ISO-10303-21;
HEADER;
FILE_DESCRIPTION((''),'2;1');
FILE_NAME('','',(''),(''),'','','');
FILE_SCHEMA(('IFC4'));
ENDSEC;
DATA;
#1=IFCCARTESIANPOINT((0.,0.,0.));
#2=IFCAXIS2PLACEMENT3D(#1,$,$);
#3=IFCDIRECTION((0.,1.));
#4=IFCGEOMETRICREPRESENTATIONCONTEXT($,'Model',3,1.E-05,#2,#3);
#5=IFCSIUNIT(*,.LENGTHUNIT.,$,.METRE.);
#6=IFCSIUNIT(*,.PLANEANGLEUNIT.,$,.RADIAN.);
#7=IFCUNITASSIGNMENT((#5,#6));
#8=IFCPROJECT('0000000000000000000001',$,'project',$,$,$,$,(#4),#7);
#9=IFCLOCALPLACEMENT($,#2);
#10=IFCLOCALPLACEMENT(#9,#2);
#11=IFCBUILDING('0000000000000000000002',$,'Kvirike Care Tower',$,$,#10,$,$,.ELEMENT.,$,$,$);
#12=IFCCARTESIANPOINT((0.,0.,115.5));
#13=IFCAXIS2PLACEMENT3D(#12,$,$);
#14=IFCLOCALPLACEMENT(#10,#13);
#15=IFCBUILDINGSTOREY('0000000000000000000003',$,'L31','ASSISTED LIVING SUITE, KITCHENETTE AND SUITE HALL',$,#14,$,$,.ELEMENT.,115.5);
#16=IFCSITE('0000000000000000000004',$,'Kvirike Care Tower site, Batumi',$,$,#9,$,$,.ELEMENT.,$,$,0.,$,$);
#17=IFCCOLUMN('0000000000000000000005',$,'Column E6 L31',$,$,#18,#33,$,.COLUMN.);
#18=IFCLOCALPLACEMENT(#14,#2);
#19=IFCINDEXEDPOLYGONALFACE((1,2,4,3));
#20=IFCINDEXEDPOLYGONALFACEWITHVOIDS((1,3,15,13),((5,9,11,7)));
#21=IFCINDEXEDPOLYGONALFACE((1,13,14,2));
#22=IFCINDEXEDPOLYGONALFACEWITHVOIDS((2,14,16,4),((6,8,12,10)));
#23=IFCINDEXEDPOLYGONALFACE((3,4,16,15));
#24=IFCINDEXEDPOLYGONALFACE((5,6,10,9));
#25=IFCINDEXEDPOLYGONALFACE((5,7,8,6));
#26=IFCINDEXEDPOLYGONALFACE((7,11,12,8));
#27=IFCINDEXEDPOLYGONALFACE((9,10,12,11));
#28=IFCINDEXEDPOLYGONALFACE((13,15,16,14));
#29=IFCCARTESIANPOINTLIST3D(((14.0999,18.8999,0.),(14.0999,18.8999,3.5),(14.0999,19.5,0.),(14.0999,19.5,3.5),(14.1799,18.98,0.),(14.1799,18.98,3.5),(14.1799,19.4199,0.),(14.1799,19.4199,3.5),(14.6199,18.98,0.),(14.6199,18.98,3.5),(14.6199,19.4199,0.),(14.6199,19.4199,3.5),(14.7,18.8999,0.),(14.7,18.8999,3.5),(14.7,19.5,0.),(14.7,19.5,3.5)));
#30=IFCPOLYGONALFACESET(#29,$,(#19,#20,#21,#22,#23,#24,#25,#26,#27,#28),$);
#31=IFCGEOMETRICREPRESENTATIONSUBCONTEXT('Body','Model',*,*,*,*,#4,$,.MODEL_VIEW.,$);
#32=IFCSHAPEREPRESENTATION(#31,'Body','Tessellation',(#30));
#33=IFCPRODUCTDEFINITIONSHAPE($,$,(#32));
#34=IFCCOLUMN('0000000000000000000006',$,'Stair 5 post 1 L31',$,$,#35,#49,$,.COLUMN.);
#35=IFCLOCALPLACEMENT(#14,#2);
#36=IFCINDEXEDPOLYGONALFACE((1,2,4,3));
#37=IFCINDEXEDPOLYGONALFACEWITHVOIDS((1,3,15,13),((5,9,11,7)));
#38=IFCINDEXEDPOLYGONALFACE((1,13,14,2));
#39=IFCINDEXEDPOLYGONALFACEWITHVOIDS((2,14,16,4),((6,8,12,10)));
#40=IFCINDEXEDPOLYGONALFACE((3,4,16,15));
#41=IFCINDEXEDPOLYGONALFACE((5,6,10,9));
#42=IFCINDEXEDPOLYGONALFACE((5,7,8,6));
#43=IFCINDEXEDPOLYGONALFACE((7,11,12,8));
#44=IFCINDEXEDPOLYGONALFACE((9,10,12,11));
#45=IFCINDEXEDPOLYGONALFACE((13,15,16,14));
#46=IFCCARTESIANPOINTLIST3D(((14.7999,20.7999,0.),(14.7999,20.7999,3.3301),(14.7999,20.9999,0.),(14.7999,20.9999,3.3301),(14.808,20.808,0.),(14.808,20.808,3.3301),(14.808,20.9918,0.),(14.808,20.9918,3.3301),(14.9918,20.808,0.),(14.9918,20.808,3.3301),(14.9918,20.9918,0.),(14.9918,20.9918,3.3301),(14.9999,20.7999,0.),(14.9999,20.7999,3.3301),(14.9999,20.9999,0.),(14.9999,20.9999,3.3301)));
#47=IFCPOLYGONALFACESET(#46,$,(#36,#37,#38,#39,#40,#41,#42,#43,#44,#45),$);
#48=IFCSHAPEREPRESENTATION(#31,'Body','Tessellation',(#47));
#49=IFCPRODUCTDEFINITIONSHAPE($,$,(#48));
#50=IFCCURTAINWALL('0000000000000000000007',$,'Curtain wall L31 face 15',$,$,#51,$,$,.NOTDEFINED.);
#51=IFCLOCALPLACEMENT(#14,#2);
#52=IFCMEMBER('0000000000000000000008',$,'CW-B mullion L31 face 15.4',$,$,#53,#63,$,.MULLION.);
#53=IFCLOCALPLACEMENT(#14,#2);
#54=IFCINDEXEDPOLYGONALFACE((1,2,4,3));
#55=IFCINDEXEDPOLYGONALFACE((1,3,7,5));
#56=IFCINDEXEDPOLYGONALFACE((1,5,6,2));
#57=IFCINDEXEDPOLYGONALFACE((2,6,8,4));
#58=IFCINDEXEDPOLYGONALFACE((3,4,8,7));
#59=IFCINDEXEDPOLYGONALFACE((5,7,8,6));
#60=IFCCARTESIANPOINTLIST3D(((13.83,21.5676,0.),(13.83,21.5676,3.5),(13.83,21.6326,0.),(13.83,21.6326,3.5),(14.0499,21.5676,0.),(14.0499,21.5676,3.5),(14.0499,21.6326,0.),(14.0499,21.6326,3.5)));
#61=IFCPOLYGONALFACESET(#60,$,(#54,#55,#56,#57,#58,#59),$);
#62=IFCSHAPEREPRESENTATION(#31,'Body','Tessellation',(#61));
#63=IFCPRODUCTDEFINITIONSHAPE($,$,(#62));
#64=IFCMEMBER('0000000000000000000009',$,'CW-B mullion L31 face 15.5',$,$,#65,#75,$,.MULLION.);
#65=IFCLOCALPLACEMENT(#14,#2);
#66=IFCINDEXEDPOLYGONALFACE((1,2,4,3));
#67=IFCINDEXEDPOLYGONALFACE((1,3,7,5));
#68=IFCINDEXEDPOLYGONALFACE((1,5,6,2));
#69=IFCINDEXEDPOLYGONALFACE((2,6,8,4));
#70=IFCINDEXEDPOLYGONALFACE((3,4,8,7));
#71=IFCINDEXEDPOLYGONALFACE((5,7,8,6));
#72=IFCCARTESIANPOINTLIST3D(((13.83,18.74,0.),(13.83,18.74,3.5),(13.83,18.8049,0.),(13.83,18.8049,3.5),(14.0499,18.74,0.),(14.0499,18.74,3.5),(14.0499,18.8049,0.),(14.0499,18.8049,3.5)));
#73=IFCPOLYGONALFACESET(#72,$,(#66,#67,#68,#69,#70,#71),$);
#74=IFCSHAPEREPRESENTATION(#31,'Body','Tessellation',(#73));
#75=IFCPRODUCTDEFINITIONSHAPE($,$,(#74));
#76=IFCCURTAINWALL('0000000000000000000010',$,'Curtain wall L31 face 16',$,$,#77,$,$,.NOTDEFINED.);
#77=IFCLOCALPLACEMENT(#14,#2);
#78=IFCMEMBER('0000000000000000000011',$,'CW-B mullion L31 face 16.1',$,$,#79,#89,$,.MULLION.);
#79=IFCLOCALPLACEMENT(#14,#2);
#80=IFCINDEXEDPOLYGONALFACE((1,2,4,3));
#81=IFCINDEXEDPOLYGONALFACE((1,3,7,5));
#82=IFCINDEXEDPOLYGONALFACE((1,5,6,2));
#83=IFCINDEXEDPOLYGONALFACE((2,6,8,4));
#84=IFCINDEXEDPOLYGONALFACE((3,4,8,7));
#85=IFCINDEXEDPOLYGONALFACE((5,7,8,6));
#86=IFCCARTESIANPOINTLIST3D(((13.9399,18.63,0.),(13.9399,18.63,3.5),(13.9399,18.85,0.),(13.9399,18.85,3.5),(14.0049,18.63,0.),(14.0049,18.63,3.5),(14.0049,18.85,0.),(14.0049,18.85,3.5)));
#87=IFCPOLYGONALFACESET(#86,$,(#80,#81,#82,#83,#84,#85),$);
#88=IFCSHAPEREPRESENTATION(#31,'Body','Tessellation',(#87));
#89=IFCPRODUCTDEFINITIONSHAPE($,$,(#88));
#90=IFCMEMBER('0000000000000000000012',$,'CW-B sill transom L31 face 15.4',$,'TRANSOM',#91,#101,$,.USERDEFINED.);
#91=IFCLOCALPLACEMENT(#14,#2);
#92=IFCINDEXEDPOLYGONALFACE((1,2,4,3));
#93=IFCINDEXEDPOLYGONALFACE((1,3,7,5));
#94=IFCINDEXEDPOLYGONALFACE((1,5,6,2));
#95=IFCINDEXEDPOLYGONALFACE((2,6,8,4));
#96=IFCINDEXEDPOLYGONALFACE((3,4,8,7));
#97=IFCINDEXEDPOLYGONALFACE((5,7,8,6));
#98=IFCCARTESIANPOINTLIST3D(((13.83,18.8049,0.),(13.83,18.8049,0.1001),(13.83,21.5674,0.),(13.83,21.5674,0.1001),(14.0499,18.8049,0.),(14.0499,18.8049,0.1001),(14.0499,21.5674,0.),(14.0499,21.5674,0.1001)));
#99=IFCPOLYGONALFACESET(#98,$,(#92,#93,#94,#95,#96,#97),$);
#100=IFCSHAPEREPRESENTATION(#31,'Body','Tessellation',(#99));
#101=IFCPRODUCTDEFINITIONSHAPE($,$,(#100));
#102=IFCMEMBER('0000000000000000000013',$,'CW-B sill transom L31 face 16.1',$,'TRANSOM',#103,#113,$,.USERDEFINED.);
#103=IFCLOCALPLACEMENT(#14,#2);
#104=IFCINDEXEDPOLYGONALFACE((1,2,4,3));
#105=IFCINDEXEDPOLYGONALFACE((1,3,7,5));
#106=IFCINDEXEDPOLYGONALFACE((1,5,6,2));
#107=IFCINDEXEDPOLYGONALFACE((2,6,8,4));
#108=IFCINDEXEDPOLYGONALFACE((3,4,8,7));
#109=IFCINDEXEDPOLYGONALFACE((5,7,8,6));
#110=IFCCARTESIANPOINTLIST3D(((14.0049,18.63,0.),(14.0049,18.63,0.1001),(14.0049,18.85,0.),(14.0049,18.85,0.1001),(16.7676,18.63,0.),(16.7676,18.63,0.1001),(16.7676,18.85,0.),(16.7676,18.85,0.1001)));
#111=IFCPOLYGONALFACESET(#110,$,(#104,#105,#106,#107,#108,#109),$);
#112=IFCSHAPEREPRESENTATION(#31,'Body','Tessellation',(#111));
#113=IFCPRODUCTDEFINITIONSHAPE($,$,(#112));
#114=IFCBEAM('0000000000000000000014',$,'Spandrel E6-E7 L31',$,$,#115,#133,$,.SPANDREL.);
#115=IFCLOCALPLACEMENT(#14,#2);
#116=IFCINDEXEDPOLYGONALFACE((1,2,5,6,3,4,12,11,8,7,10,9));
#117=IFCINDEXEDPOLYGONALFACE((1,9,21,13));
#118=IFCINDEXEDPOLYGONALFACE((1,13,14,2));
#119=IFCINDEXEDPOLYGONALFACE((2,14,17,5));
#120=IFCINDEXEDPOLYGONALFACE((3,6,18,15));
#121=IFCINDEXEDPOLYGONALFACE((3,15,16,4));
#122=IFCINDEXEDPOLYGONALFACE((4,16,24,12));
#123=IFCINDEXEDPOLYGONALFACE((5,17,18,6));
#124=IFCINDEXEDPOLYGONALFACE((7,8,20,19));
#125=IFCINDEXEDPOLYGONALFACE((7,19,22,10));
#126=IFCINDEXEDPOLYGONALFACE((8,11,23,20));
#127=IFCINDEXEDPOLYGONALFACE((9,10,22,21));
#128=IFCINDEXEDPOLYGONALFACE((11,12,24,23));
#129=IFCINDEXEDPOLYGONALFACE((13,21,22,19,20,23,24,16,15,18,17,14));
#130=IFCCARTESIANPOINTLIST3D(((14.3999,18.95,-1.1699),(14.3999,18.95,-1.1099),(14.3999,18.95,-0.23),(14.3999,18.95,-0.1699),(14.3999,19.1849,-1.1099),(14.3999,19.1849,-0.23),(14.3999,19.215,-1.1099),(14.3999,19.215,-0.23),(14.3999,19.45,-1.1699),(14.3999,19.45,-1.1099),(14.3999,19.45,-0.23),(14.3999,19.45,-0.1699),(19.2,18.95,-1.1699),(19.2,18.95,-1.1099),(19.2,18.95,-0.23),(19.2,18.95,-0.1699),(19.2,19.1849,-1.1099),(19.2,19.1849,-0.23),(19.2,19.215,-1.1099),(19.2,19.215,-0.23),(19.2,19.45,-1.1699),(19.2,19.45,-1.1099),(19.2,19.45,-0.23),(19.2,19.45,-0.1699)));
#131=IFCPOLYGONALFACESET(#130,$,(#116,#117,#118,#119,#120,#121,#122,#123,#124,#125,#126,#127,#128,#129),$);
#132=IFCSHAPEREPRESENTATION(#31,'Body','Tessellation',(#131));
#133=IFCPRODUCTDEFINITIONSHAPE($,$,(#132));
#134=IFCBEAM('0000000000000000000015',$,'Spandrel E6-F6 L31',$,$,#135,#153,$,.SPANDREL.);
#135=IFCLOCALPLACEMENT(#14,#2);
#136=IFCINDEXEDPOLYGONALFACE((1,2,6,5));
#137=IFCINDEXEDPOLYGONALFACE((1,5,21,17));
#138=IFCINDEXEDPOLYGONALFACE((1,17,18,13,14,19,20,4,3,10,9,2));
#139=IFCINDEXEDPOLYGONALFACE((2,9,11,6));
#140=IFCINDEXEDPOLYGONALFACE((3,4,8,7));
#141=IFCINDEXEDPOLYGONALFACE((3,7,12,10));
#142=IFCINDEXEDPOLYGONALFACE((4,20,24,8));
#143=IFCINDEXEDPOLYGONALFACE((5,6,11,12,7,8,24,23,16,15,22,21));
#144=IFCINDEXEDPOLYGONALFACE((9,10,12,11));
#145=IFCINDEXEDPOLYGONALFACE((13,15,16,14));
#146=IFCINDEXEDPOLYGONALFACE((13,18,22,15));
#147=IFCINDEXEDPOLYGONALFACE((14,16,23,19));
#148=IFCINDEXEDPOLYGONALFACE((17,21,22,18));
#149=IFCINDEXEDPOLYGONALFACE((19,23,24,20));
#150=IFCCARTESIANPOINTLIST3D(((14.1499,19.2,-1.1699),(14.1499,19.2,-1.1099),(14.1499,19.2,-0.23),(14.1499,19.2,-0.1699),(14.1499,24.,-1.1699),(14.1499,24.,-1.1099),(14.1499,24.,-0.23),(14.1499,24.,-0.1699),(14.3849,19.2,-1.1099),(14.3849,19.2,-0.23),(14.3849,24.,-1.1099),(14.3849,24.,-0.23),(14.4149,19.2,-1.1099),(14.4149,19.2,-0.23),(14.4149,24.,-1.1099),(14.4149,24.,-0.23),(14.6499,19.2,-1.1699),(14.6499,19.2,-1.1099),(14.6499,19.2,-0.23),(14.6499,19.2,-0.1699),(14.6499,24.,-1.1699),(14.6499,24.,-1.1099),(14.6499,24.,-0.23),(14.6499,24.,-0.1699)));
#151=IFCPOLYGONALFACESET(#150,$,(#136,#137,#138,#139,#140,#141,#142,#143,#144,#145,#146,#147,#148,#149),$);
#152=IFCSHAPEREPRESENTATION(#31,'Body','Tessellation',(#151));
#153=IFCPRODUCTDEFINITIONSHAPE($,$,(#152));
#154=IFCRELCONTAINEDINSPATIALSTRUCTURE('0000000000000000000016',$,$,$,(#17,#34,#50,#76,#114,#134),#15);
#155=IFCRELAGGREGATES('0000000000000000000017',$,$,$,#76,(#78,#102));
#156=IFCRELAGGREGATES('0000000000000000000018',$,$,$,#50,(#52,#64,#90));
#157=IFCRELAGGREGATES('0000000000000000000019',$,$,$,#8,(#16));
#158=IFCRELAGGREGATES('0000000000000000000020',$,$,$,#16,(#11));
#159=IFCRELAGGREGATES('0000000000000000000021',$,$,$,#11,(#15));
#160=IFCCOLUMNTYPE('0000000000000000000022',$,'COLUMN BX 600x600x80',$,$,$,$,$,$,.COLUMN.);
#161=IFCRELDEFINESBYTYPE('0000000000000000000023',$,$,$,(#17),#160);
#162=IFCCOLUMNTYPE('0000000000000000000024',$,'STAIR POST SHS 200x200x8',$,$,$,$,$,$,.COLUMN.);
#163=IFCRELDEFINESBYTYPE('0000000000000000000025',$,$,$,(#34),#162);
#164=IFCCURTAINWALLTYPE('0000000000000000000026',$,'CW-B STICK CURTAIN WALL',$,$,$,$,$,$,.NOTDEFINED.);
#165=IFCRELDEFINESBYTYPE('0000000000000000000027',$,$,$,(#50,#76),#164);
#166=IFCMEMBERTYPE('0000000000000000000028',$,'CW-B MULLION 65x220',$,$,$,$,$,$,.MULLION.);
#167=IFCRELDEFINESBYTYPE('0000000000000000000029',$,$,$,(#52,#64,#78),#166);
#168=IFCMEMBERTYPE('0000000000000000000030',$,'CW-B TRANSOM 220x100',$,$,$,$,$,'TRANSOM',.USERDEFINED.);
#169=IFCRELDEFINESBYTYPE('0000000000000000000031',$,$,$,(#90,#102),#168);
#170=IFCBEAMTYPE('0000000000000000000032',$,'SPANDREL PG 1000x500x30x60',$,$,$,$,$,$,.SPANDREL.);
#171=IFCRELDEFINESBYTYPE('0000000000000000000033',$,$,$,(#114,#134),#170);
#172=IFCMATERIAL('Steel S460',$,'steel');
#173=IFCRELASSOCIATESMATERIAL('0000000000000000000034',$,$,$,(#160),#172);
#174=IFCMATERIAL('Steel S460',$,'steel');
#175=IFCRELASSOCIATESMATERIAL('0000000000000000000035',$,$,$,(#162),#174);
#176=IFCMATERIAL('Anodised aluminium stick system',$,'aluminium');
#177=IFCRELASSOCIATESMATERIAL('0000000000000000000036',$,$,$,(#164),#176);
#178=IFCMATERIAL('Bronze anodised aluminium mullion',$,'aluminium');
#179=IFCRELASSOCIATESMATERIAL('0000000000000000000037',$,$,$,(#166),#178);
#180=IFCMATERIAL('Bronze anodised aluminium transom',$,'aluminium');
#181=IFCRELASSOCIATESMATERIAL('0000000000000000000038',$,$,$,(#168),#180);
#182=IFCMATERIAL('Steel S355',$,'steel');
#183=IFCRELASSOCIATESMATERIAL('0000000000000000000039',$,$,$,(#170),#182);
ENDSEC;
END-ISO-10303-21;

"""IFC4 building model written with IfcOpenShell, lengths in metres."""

from ifc_helpers import new_model, si_unit, direction, frame, origin, origin_2d, place, context, subcontext, project, spatial, rectangle, hollow_rectangle, i_section, extrude, material, material_profile, profile_set, type_object, element, aggregate, save


model = new_model("IFC4")

# Units and contexts
model_context = context("Model", 3, precision=1e-05, world=origin(), true_north=direction((0.0, 1.0)))
body_context = subcontext(model_context, "Body", "Model", "MODEL_VIEW")
ifc_project = project(units=[si_unit("LENGTHUNIT", "METRE"), si_unit("PLANEANGLEUNIT", "RADIAN")], contexts=[model_context])

# Site, building, storey
site_placement = place(None, origin())
site = spatial("IfcSite", under=ifc_project, at=site_placement, Name="Kvirike Care Tower site, Batumi", CompositionType="ELEMENT", RefElevation=0.0)
building_placement = place(site_placement, origin())
building = spatial("IfcBuilding", under=site, at=building_placement, Name="Kvirike Care Tower", CompositionType="ELEMENT")
storey_placement = place(building_placement, frame((0.0, 0.0, 115.5)))
storey = spatial("IfcBuildingStorey", under=building, at=storey_placement, Name="L31", Description="ASSISTED LIVING SUITE, KITCHENETTE AND SUITE HALL", CompositionType="ELEMENT", Elevation=115.5)

# Columns
ifc_material_1 = material(Name="Steel S460", Category="steel")
ifc_material_profile_1 = material_profile(ifc_material_1, hollow_rectangle(XDim=0.6001, YDim=0.6001, WallThickness=0.0801, at=origin_2d()), Name="BX 600x600x80")
ifc_profile_set_1 = profile_set([ifc_material_profile_1], Name="Steel S460")
column_type_1 = type_object("IfcColumnType", Name="COLUMN BX 600x600x80", PredefinedType="COLUMN", material=ifc_profile_set_1)
column_1_placement = place(storey_placement, frame((14.3999, 19.2, 0.0), z_axis=(0.0, 0.0, 1.0), x_axis=(0.0, 1.0, 0.0)))
element("IfcColumn", 1, at=column_1_placement, inside=storey, type_object=column_type_1, Name="Column E6 L31", PredefinedType="COLUMN", context=body_context, shape_type="SweptSolid", body=[
    extrude(hollow_rectangle(XDim=0.6001, YDim=0.6001, WallThickness=0.0801, at=origin_2d()), origin(), (0.0, 0.0, 1.0), 3.5),
])
ifc_material_2 = material(Name="Steel S460", Category="steel")
ifc_material_profile_2 = material_profile(ifc_material_2, hollow_rectangle(XDim=0.2, YDim=0.2, WallThickness=0.0081, at=origin_2d()), Name="SHS 200x200x8")
ifc_profile_set_2 = profile_set([ifc_material_profile_2], Name="Steel S460")
column_type_2 = type_object("IfcColumnType", Name="STAIR POST SHS 200x200x8", PredefinedType="COLUMN", material=ifc_profile_set_2)
column_2_placement = place(storey_placement, frame((14.8999, 20.8999, 0.0), z_axis=(0.0, 0.0, 1.0), x_axis=(1.0, 0.0, 0.0)))
element("IfcColumn", 2, at=column_2_placement, inside=storey, type_object=column_type_2, Name="Stair 5 post 1 L31", PredefinedType="COLUMN", context=body_context, shape_type="SweptSolid", body=[
    extrude(hollow_rectangle(XDim=0.2, YDim=0.2, WallThickness=0.0081, at=origin_2d()), origin(), (0.0, 0.0, 1.0), 3.3301),
])

# Curtain wall, members
ifc_material_3 = material(Name="Anodised aluminium stick system", Category="aluminium")
curtain_wall_type = type_object("IfcCurtainWallType", Name="CW-B STICK CURTAIN WALL", PredefinedType="NOTDEFINED", material=ifc_material_3)
curtain_wall_1_placement = place(storey_placement, origin())
curtain_wall_1 = element("IfcCurtainWall", 3, at=curtain_wall_1_placement, inside=storey, type_object=curtain_wall_type, Name="Curtain wall L31 face 15", PredefinedType="NOTDEFINED")
ifc_material_4 = material(Name="Bronze anodised aluminium mullion", Category="aluminium")
ifc_material_profile_3 = material_profile(ifc_material_4, rectangle(XDim=0.0649, YDim=0.22, at=origin_2d()), Name="CW-B MULLION 65x220")
ifc_profile_set_3 = profile_set([ifc_material_profile_3], Name="Bronze anodised aluminium mullion")
member_type_1 = type_object("IfcMemberType", Name="CW-B MULLION 65x220", PredefinedType="MULLION", material=ifc_profile_set_3)
member_1_placement = place(storey_placement, frame((13.9399, 21.6001, 0.0), z_axis=(0.0, 0.0, 1.0), x_axis=(0.0, -1.0, 0.0)))
member_1 = element("IfcMember", 4, at=member_1_placement, type_object=member_type_1, Name="CW-B mullion L31 face 15.4", PredefinedType="MULLION", context=body_context, shape_type="SweptSolid", body=[
    extrude(rectangle(XDim=0.0649, YDim=0.22, at=origin_2d()), origin(), (0.0, 0.0, 1.0), 3.5),
])
member_2_placement = place(storey_placement, frame((13.9399, 18.7725, 0.0), z_axis=(0.0, 0.0, 1.0), x_axis=(0.0, -1.0, 0.0)))
member_2 = element("IfcMember", 5, at=member_2_placement, type_object=member_type_1, Name="CW-B mullion L31 face 15.5", PredefinedType="MULLION", context=body_context, shape_type="SweptSolid", body=[
    extrude(rectangle(XDim=0.0649, YDim=0.22, at=origin_2d()), origin(), (0.0, 0.0, 1.0), 3.5),
])

# Curtain wall, member
curtain_wall_2_placement = place(storey_placement, origin())
curtain_wall_2 = element("IfcCurtainWall", 6, at=curtain_wall_2_placement, inside=storey, type_object=curtain_wall_type, Name="Curtain wall L31 face 16", PredefinedType="NOTDEFINED")
member_3_placement = place(storey_placement, frame((13.9724, 18.74, 0.0), z_axis=(0.0, 0.0, 1.0), x_axis=(1.0, 0.0, 0.0)))
member_3 = element("IfcMember", 7, at=member_3_placement, type_object=member_type_1, Name="CW-B mullion L31 face 16.1", PredefinedType="MULLION", context=body_context, shape_type="SweptSolid", body=[
    extrude(rectangle(XDim=0.0649, YDim=0.22, at=origin_2d()), origin(), (0.0, 0.0, 1.0), 3.5),
])

# Members
ifc_material_5 = material(Name="Bronze anodised aluminium transom", Category="aluminium")
ifc_material_profile_4 = material_profile(ifc_material_5, rectangle(XDim=0.22, YDim=0.1001, at=origin_2d()), Name="CW-B TRANSOM 220x100")
ifc_profile_set_4 = profile_set([ifc_material_profile_4], Name="Bronze anodised aluminium transom")
member_type_2 = type_object("IfcMemberType", Name="CW-B TRANSOM 220x100", ElementType="TRANSOM", PredefinedType="USERDEFINED", material=ifc_profile_set_4)
member_4_placement = place(storey_placement, frame((13.9399, 21.5674, 0.05), z_axis=(0.0, -1.0, 0.0), x_axis=(1.0, 0.0, 0.0)))
member_4 = element("IfcMember", 8, at=member_4_placement, type_object=member_type_2, Name="CW-B sill transom L31 face 15.4", ObjectType="TRANSOM", PredefinedType="USERDEFINED", context=body_context, shape_type="SweptSolid", body=[
    extrude(rectangle(XDim=0.22, YDim=0.1001, at=origin_2d()), origin(), (0.0, 0.0, 1.0), 2.7625),
])
member_5_placement = place(storey_placement, frame((14.0049, 18.74, 0.05), z_axis=(1.0, 0.0, 0.0), x_axis=(0.0, 1.0, 0.0)))
member_5 = element("IfcMember", 9, at=member_5_placement, type_object=member_type_2, Name="CW-B sill transom L31 face 16.1", ObjectType="TRANSOM", PredefinedType="USERDEFINED", context=body_context, shape_type="SweptSolid", body=[
    extrude(rectangle(XDim=0.22, YDim=0.1001, at=origin_2d()), origin(), (0.0, 0.0, 1.0), 2.7627),
])
aggregate(curtain_wall_2, [member_3, member_5])

# Beams
ifc_material_6 = material(Name="Steel S355", Category="steel")
ifc_material_profile_5 = material_profile(ifc_material_6, i_section(OverallWidth=0.5, OverallDepth=1.0, WebThickness=0.03, FlangeThickness=0.0601, at=origin_2d()), Name="PG 1000x500x30x60")
ifc_profile_set_5 = profile_set([ifc_material_profile_5], Name="Steel S355")
beam_type = type_object("IfcBeamType", Name="SPANDREL PG 1000x500x30x60", PredefinedType="SPANDREL", material=ifc_profile_set_5)
for number, where, z_axis, x_axis, name in (
    (10, (14.3999, 19.2, -0.6699), (1.0, 0.0, 0.0), (0.0, 1.0, 0.0), "Spandrel E6-E7 L31"),
    (11, (14.3999, 19.2, -0.6699), (0.0, 1.0, 0.0), (-1.0, 0.0, 0.0), "Spandrel E6-F6 L31"),
):
    element("IfcBeam", number, at=place(storey_placement, frame(where, z_axis=z_axis, x_axis=x_axis)), inside=storey, type_object=beam_type, Name=name, PredefinedType="SPANDREL", context=body_context, shape_type="SweptSolid", body=[
        extrude(i_section(OverallWidth=0.5, OverallDepth=1.0, WebThickness=0.03, FlangeThickness=0.0601, at=origin_2d()), origin(), (0.0, 0.0, 1.0), 4.8),
    ])

aggregate(curtain_wall_1, [member_1, member_2, member_4])

save(model, "model.ifc")
